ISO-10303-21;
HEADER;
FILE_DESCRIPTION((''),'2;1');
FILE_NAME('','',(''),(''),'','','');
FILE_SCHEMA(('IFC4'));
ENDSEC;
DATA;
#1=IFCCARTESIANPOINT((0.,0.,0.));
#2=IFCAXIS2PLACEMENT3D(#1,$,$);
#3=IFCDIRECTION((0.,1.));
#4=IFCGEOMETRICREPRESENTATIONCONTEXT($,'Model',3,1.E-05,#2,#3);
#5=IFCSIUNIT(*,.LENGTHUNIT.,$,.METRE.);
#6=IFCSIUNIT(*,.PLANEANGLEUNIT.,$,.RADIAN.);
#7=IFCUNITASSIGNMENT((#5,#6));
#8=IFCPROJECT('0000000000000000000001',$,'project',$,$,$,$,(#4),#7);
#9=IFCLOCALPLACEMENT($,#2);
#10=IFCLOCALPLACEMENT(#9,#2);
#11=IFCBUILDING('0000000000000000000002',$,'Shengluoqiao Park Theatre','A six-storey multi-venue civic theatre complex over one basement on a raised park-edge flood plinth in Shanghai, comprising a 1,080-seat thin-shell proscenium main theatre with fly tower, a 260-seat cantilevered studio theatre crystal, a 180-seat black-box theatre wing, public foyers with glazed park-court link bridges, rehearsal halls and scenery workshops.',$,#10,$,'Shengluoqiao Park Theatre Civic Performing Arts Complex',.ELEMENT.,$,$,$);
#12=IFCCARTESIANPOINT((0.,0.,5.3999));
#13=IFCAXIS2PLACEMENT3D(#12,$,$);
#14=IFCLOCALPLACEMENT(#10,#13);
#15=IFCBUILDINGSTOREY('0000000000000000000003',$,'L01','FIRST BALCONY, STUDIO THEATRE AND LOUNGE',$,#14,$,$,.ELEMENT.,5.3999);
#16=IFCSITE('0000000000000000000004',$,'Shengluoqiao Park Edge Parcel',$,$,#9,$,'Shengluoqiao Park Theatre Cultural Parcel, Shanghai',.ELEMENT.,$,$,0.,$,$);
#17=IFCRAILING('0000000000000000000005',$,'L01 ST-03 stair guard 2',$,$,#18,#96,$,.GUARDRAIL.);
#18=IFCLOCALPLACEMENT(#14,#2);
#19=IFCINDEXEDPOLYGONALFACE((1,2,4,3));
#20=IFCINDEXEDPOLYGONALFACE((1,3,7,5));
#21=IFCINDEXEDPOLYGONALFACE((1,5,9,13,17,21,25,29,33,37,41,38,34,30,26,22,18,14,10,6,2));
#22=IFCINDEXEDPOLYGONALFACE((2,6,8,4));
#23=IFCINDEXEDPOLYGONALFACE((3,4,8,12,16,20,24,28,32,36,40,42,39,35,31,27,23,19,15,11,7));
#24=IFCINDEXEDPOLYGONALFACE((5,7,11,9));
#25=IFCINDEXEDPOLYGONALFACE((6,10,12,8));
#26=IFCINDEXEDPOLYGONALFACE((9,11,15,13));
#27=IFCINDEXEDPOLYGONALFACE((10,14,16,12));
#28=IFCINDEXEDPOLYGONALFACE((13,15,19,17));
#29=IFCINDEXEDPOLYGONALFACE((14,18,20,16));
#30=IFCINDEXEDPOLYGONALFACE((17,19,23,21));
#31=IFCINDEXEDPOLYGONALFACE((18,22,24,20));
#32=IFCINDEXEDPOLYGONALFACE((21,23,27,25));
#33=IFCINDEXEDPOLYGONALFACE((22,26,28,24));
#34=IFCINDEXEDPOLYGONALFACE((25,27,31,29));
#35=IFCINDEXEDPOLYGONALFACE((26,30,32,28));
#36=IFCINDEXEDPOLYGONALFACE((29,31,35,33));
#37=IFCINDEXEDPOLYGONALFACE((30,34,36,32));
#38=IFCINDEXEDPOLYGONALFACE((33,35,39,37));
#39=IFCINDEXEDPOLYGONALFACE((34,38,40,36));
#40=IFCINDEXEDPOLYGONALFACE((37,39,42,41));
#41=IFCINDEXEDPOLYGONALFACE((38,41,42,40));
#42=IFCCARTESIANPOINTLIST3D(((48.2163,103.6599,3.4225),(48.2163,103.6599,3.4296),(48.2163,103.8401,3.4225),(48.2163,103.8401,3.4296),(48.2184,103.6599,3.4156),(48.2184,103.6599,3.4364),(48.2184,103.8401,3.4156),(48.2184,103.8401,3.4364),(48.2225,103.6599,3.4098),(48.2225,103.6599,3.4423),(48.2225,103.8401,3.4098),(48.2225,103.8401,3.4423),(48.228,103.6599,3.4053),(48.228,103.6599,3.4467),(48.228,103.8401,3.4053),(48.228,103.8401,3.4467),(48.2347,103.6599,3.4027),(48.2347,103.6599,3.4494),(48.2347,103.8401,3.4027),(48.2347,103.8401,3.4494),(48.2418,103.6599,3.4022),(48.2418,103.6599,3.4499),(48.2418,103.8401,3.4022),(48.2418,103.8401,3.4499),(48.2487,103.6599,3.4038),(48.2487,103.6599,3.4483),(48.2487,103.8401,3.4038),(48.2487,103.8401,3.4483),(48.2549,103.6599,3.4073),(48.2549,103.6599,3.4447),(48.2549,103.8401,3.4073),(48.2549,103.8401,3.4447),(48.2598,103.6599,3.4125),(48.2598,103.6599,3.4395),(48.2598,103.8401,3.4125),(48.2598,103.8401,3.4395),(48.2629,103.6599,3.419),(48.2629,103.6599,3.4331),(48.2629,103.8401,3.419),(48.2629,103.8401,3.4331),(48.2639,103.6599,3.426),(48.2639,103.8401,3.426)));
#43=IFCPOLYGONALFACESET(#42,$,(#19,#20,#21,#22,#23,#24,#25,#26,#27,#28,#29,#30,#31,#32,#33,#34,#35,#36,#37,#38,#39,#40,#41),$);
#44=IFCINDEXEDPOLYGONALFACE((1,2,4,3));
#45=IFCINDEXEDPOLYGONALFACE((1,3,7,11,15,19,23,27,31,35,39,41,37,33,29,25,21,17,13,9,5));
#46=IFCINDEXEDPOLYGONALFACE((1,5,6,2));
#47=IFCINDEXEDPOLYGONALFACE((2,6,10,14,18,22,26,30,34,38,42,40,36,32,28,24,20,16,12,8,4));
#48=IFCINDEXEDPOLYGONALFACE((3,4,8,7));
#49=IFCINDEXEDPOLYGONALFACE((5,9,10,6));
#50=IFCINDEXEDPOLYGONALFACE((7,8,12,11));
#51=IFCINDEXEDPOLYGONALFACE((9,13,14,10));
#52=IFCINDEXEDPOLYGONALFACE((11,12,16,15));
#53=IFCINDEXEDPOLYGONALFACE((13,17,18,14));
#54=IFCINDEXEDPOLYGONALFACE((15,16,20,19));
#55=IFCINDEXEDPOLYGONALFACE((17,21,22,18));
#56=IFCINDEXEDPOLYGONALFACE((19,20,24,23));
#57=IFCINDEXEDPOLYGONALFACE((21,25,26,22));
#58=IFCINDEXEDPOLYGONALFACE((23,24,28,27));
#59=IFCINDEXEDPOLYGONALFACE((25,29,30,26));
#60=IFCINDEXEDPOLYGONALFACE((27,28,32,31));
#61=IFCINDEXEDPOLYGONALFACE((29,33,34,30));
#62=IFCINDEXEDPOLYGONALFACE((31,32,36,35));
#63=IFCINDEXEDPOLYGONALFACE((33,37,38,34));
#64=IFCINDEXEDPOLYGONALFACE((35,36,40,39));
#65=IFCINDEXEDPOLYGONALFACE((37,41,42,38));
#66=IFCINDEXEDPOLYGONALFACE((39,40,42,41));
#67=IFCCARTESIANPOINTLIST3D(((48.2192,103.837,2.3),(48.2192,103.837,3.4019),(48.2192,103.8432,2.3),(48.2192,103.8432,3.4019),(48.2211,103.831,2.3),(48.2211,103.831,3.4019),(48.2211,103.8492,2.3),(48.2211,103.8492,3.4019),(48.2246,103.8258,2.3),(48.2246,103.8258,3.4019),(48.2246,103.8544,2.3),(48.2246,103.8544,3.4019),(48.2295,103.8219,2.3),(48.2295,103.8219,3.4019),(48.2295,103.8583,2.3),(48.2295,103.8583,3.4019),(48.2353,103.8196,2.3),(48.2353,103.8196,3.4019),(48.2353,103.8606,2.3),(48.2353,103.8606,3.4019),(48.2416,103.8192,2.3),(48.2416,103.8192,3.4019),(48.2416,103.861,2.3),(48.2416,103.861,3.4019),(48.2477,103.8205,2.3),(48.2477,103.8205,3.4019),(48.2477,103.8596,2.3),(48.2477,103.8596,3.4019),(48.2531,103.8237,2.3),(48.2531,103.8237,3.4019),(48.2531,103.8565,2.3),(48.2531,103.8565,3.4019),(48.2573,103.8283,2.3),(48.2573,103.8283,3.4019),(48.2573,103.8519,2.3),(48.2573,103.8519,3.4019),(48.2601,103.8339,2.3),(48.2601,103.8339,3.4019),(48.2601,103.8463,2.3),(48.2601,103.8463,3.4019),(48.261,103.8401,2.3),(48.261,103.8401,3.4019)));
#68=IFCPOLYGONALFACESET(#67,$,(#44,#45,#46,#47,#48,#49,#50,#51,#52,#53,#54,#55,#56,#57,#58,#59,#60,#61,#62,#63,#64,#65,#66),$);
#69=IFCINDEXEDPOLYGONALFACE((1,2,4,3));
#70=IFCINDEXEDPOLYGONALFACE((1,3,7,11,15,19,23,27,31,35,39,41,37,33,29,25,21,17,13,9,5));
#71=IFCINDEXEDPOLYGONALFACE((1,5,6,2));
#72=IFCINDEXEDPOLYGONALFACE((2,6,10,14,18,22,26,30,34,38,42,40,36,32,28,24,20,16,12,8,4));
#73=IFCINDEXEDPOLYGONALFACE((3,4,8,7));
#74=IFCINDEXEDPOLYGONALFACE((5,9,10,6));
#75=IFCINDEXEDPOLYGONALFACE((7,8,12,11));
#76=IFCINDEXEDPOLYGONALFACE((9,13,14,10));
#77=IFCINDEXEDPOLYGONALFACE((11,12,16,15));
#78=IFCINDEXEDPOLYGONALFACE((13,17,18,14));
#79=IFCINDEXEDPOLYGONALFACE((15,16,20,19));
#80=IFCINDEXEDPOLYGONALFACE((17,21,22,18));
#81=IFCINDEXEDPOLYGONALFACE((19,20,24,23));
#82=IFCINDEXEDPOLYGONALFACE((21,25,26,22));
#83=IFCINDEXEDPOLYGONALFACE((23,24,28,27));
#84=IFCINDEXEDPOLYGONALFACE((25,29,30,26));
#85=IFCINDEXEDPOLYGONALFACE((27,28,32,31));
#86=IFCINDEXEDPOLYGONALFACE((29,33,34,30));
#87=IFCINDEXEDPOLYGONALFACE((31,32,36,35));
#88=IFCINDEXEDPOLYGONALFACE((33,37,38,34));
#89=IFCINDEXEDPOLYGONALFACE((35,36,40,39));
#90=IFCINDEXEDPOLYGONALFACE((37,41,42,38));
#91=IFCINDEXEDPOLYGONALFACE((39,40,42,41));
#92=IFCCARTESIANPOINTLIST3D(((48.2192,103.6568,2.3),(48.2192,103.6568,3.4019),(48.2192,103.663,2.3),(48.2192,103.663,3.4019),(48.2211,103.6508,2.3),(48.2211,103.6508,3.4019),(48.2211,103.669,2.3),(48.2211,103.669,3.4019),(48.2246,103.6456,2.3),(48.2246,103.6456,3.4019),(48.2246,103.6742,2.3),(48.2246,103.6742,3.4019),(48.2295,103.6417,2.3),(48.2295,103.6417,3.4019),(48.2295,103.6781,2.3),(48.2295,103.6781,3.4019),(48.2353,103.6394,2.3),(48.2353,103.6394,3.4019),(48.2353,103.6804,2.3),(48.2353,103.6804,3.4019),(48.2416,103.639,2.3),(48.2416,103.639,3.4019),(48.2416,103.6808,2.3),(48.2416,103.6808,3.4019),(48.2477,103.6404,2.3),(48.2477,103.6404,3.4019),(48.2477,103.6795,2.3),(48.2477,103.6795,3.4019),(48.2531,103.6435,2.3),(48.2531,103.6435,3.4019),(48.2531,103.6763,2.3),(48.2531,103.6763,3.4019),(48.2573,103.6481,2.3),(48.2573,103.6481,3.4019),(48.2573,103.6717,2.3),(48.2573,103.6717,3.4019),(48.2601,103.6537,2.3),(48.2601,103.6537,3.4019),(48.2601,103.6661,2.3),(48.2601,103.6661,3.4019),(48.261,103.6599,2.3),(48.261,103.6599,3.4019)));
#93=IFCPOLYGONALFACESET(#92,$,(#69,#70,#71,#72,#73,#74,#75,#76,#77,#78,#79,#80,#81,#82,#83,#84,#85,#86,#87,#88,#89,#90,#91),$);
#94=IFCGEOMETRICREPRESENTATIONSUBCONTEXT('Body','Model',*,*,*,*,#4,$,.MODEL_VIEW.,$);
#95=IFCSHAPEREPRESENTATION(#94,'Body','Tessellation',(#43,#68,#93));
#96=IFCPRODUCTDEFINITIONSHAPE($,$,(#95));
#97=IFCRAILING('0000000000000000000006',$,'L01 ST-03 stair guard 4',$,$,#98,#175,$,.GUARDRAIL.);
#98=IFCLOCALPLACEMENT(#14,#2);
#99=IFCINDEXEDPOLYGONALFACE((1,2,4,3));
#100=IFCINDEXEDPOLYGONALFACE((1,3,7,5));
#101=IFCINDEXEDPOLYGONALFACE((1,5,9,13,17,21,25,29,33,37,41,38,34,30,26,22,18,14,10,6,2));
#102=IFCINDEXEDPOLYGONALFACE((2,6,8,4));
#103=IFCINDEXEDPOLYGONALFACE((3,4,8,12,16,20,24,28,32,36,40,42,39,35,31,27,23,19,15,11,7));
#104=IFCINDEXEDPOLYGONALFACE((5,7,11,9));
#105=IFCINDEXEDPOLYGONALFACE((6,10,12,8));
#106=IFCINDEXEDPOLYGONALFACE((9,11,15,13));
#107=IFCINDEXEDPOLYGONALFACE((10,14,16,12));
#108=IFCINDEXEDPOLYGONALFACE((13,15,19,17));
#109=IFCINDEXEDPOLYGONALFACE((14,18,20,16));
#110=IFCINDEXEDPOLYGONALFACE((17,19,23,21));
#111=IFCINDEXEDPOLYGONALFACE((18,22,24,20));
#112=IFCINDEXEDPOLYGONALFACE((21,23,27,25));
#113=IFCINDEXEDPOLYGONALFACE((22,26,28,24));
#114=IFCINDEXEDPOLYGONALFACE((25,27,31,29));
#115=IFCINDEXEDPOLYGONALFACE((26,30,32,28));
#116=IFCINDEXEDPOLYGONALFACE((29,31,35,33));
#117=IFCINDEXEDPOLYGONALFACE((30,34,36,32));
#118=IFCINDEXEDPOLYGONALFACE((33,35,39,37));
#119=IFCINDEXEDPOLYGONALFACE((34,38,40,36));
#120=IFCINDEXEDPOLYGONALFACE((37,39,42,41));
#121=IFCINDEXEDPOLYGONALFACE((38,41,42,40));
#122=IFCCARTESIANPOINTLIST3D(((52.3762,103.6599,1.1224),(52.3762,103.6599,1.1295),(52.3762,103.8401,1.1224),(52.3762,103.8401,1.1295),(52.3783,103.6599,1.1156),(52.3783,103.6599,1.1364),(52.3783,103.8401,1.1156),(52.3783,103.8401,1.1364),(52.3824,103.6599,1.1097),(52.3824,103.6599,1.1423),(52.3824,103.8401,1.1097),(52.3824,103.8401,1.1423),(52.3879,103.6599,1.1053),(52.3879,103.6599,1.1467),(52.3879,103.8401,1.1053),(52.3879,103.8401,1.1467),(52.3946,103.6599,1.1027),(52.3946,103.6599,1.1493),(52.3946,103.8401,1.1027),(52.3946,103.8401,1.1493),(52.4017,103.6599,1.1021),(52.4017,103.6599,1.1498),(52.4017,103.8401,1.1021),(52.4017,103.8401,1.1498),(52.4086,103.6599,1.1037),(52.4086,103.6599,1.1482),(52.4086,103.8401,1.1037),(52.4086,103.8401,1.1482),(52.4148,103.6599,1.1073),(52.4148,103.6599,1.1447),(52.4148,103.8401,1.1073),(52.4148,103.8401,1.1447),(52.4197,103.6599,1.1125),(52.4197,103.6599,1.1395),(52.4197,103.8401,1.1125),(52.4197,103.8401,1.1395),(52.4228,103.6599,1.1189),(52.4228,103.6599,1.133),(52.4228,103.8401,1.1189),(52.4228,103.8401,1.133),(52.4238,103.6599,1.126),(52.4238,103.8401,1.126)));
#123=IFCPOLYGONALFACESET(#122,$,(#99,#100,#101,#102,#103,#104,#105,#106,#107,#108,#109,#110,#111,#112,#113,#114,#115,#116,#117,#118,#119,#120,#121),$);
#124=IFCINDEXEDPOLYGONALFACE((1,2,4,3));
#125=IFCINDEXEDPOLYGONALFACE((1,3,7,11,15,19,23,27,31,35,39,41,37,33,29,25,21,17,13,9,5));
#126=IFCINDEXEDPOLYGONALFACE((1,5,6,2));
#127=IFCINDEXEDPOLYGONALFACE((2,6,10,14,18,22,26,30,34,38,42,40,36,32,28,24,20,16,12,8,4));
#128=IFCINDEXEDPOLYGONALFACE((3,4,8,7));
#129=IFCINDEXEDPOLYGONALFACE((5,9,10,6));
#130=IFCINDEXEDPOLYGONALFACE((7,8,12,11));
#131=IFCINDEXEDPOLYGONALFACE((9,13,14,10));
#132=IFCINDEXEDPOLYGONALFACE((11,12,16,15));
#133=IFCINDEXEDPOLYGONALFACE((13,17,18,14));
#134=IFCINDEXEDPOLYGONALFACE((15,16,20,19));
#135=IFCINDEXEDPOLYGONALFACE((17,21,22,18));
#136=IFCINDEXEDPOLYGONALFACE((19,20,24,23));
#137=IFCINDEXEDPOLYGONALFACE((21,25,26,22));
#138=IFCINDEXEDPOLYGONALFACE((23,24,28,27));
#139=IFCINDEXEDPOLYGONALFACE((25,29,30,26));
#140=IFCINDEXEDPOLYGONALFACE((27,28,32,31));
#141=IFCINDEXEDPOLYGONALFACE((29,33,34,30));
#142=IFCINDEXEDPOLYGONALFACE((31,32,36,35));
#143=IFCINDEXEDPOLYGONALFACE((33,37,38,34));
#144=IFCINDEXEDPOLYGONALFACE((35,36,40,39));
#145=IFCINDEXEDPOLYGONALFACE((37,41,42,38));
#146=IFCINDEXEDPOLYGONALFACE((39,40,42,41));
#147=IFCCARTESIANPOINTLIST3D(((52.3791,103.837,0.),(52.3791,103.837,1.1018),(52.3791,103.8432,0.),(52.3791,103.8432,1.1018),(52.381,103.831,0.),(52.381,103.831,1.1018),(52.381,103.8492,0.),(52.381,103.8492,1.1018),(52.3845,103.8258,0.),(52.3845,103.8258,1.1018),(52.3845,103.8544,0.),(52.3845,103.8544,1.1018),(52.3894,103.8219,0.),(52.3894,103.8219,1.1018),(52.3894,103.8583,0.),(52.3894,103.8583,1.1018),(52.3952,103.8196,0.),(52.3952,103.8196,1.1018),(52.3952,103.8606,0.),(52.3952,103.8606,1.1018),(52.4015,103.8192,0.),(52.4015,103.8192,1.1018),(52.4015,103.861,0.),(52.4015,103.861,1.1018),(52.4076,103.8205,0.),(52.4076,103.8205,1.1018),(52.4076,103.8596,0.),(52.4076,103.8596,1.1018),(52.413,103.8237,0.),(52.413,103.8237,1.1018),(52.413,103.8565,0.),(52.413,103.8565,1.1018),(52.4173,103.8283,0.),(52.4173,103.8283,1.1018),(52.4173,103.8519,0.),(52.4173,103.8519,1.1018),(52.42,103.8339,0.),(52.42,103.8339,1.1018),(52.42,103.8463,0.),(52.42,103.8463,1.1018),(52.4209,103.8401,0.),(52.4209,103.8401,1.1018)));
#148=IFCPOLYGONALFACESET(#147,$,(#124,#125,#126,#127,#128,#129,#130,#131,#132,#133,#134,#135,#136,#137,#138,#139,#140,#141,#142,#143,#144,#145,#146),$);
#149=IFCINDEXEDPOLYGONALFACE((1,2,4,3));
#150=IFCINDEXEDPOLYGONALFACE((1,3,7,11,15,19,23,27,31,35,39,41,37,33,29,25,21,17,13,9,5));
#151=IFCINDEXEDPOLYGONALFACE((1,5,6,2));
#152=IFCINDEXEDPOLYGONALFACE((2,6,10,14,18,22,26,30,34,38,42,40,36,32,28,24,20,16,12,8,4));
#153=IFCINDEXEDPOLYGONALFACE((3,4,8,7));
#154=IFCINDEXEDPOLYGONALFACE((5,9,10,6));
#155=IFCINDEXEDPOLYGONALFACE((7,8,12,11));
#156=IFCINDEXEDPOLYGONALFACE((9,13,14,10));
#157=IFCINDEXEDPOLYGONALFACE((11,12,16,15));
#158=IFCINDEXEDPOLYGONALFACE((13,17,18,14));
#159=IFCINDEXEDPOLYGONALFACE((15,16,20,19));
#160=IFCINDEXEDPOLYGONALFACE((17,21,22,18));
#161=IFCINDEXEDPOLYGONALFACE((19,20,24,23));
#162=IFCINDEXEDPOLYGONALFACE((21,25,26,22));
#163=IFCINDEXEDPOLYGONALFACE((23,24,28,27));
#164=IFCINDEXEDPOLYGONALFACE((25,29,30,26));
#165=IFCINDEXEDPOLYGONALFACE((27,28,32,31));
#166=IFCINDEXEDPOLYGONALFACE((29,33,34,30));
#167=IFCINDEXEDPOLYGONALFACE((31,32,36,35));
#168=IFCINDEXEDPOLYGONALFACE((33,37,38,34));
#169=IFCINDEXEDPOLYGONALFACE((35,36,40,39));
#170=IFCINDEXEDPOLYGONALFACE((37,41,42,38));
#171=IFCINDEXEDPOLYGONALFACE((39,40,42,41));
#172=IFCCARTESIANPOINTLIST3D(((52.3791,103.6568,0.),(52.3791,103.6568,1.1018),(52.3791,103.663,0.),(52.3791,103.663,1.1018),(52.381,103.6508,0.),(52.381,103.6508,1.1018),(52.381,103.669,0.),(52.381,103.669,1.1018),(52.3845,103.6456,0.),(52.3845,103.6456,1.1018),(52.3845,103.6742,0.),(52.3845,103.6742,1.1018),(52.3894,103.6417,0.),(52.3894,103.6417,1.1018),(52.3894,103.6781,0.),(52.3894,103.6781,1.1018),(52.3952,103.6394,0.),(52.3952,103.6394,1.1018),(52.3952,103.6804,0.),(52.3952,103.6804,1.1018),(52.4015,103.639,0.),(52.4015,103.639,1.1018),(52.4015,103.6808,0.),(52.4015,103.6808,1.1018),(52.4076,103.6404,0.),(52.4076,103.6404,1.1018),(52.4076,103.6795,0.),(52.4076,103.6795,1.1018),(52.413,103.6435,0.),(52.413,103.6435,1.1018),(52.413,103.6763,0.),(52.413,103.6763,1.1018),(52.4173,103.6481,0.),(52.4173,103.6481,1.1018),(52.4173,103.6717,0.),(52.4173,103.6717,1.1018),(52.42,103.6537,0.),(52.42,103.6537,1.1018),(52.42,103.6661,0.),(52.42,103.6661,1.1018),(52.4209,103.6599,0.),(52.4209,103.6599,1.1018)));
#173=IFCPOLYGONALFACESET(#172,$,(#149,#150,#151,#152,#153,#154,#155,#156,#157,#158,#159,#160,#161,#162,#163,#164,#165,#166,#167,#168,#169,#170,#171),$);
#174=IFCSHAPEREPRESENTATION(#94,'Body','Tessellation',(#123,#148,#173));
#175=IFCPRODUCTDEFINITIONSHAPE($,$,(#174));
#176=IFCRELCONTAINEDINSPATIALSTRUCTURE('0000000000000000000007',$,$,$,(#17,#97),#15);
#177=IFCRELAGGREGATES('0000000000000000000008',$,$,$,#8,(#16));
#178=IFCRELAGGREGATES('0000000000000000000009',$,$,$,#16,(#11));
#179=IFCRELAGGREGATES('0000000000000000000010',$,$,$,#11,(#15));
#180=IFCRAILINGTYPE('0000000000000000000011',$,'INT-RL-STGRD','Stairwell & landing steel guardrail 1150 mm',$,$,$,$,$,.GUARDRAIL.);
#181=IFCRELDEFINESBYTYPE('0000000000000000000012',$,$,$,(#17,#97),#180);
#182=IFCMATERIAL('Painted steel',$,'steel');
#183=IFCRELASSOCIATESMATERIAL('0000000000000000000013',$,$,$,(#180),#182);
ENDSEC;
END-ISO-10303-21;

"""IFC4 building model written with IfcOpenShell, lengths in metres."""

from ifc_helpers import new_model, si_unit, direction, frame, origin, origin_2d, place, context, subcontext, project, spatial, circle, extrude, material, type_object, element, save


model = new_model("IFC4")

# Units and contexts
model_context = context("Model", 3, precision=1e-05, world=origin(), true_north=direction((0.0, 1.0)))
body_context = subcontext(model_context, "Body", "Model", "MODEL_VIEW")
ifc_project = project(units=[si_unit("LENGTHUNIT", "METRE"), si_unit("PLANEANGLEUNIT", "RADIAN")], contexts=[model_context])

# Site, building, storey
site_placement = place(None, origin())
site = spatial("IfcSite", under=ifc_project, at=site_placement, Name="Shengluoqiao Park Edge Parcel", LongName="Shengluoqiao Park Theatre Cultural Parcel, Shanghai", CompositionType="ELEMENT", RefElevation=0.0)
building_placement = place(site_placement, origin())
building = spatial("IfcBuilding", under=site, at=building_placement, Name="Shengluoqiao Park Theatre", Description="A six-storey multi-venue civic theatre complex over one basement on a raised park-edge flood plinth in Shanghai, comprising a 1,080-seat thin-shell proscenium main theatre with fly tower, a 260-seat cantilevered studio theatre crystal, a 180-seat black-box theatre wing, public foyers with glazed park-court link bridges, rehearsal halls and scenery workshops.", LongName="Shengluoqiao Park Theatre Civic Performing Arts Complex", CompositionType="ELEMENT")
storey_placement = place(building_placement, frame((0.0, 0.0, 5.3999)))
storey = spatial("IfcBuildingStorey", under=building, at=storey_placement, Name="L01", Description="FIRST BALCONY, STUDIO THEATRE AND LOUNGE", CompositionType="ELEMENT", Elevation=5.3999)

# Railings
ifc_material_1 = material(Name="Painted steel", Category="steel")
railing_type_1 = type_object("IfcRailingType", Name="INT-RL-STGRD", Description="Stairwell & landing steel guardrail 1150 mm", PredefinedType="GUARDRAIL", material=ifc_material_1)
for number, where, name in (
    (1, (48.24, 103.8401, 2.3), "L01 ST-03 stair guard 2"),
    (2, (52.3999, 103.8401, 0.0), "L01 ST-03 stair guard 4"),
):
    element("IfcRailing", number, at=place(storey_placement, frame(where)), inside=storey, type_object=railing_type_1, Name=name, PredefinedType="GUARDRAIL", context=body_context, shape_type="SweptSolid", body=[
        extrude(circle(Radius=0.0239, at=origin_2d()), frame((0.0, 0.0, 1.126), z_axis=(0.0, -1.0, 0.0), x_axis=(1.0, 0.0, 0.0)), (0.0, 0.0, 1.0), 0.1802),
        extrude(circle(Radius=0.021, at=origin_2d()), origin(), (0.0, 0.0, 1.0), 1.1018),
        extrude(circle(Radius=0.021, at=origin_2d()), frame((0.0, -0.1802, 0.0)), (0.0, 0.0, 1.0), 1.1018),
    ])

save(model, "model.ifc")
